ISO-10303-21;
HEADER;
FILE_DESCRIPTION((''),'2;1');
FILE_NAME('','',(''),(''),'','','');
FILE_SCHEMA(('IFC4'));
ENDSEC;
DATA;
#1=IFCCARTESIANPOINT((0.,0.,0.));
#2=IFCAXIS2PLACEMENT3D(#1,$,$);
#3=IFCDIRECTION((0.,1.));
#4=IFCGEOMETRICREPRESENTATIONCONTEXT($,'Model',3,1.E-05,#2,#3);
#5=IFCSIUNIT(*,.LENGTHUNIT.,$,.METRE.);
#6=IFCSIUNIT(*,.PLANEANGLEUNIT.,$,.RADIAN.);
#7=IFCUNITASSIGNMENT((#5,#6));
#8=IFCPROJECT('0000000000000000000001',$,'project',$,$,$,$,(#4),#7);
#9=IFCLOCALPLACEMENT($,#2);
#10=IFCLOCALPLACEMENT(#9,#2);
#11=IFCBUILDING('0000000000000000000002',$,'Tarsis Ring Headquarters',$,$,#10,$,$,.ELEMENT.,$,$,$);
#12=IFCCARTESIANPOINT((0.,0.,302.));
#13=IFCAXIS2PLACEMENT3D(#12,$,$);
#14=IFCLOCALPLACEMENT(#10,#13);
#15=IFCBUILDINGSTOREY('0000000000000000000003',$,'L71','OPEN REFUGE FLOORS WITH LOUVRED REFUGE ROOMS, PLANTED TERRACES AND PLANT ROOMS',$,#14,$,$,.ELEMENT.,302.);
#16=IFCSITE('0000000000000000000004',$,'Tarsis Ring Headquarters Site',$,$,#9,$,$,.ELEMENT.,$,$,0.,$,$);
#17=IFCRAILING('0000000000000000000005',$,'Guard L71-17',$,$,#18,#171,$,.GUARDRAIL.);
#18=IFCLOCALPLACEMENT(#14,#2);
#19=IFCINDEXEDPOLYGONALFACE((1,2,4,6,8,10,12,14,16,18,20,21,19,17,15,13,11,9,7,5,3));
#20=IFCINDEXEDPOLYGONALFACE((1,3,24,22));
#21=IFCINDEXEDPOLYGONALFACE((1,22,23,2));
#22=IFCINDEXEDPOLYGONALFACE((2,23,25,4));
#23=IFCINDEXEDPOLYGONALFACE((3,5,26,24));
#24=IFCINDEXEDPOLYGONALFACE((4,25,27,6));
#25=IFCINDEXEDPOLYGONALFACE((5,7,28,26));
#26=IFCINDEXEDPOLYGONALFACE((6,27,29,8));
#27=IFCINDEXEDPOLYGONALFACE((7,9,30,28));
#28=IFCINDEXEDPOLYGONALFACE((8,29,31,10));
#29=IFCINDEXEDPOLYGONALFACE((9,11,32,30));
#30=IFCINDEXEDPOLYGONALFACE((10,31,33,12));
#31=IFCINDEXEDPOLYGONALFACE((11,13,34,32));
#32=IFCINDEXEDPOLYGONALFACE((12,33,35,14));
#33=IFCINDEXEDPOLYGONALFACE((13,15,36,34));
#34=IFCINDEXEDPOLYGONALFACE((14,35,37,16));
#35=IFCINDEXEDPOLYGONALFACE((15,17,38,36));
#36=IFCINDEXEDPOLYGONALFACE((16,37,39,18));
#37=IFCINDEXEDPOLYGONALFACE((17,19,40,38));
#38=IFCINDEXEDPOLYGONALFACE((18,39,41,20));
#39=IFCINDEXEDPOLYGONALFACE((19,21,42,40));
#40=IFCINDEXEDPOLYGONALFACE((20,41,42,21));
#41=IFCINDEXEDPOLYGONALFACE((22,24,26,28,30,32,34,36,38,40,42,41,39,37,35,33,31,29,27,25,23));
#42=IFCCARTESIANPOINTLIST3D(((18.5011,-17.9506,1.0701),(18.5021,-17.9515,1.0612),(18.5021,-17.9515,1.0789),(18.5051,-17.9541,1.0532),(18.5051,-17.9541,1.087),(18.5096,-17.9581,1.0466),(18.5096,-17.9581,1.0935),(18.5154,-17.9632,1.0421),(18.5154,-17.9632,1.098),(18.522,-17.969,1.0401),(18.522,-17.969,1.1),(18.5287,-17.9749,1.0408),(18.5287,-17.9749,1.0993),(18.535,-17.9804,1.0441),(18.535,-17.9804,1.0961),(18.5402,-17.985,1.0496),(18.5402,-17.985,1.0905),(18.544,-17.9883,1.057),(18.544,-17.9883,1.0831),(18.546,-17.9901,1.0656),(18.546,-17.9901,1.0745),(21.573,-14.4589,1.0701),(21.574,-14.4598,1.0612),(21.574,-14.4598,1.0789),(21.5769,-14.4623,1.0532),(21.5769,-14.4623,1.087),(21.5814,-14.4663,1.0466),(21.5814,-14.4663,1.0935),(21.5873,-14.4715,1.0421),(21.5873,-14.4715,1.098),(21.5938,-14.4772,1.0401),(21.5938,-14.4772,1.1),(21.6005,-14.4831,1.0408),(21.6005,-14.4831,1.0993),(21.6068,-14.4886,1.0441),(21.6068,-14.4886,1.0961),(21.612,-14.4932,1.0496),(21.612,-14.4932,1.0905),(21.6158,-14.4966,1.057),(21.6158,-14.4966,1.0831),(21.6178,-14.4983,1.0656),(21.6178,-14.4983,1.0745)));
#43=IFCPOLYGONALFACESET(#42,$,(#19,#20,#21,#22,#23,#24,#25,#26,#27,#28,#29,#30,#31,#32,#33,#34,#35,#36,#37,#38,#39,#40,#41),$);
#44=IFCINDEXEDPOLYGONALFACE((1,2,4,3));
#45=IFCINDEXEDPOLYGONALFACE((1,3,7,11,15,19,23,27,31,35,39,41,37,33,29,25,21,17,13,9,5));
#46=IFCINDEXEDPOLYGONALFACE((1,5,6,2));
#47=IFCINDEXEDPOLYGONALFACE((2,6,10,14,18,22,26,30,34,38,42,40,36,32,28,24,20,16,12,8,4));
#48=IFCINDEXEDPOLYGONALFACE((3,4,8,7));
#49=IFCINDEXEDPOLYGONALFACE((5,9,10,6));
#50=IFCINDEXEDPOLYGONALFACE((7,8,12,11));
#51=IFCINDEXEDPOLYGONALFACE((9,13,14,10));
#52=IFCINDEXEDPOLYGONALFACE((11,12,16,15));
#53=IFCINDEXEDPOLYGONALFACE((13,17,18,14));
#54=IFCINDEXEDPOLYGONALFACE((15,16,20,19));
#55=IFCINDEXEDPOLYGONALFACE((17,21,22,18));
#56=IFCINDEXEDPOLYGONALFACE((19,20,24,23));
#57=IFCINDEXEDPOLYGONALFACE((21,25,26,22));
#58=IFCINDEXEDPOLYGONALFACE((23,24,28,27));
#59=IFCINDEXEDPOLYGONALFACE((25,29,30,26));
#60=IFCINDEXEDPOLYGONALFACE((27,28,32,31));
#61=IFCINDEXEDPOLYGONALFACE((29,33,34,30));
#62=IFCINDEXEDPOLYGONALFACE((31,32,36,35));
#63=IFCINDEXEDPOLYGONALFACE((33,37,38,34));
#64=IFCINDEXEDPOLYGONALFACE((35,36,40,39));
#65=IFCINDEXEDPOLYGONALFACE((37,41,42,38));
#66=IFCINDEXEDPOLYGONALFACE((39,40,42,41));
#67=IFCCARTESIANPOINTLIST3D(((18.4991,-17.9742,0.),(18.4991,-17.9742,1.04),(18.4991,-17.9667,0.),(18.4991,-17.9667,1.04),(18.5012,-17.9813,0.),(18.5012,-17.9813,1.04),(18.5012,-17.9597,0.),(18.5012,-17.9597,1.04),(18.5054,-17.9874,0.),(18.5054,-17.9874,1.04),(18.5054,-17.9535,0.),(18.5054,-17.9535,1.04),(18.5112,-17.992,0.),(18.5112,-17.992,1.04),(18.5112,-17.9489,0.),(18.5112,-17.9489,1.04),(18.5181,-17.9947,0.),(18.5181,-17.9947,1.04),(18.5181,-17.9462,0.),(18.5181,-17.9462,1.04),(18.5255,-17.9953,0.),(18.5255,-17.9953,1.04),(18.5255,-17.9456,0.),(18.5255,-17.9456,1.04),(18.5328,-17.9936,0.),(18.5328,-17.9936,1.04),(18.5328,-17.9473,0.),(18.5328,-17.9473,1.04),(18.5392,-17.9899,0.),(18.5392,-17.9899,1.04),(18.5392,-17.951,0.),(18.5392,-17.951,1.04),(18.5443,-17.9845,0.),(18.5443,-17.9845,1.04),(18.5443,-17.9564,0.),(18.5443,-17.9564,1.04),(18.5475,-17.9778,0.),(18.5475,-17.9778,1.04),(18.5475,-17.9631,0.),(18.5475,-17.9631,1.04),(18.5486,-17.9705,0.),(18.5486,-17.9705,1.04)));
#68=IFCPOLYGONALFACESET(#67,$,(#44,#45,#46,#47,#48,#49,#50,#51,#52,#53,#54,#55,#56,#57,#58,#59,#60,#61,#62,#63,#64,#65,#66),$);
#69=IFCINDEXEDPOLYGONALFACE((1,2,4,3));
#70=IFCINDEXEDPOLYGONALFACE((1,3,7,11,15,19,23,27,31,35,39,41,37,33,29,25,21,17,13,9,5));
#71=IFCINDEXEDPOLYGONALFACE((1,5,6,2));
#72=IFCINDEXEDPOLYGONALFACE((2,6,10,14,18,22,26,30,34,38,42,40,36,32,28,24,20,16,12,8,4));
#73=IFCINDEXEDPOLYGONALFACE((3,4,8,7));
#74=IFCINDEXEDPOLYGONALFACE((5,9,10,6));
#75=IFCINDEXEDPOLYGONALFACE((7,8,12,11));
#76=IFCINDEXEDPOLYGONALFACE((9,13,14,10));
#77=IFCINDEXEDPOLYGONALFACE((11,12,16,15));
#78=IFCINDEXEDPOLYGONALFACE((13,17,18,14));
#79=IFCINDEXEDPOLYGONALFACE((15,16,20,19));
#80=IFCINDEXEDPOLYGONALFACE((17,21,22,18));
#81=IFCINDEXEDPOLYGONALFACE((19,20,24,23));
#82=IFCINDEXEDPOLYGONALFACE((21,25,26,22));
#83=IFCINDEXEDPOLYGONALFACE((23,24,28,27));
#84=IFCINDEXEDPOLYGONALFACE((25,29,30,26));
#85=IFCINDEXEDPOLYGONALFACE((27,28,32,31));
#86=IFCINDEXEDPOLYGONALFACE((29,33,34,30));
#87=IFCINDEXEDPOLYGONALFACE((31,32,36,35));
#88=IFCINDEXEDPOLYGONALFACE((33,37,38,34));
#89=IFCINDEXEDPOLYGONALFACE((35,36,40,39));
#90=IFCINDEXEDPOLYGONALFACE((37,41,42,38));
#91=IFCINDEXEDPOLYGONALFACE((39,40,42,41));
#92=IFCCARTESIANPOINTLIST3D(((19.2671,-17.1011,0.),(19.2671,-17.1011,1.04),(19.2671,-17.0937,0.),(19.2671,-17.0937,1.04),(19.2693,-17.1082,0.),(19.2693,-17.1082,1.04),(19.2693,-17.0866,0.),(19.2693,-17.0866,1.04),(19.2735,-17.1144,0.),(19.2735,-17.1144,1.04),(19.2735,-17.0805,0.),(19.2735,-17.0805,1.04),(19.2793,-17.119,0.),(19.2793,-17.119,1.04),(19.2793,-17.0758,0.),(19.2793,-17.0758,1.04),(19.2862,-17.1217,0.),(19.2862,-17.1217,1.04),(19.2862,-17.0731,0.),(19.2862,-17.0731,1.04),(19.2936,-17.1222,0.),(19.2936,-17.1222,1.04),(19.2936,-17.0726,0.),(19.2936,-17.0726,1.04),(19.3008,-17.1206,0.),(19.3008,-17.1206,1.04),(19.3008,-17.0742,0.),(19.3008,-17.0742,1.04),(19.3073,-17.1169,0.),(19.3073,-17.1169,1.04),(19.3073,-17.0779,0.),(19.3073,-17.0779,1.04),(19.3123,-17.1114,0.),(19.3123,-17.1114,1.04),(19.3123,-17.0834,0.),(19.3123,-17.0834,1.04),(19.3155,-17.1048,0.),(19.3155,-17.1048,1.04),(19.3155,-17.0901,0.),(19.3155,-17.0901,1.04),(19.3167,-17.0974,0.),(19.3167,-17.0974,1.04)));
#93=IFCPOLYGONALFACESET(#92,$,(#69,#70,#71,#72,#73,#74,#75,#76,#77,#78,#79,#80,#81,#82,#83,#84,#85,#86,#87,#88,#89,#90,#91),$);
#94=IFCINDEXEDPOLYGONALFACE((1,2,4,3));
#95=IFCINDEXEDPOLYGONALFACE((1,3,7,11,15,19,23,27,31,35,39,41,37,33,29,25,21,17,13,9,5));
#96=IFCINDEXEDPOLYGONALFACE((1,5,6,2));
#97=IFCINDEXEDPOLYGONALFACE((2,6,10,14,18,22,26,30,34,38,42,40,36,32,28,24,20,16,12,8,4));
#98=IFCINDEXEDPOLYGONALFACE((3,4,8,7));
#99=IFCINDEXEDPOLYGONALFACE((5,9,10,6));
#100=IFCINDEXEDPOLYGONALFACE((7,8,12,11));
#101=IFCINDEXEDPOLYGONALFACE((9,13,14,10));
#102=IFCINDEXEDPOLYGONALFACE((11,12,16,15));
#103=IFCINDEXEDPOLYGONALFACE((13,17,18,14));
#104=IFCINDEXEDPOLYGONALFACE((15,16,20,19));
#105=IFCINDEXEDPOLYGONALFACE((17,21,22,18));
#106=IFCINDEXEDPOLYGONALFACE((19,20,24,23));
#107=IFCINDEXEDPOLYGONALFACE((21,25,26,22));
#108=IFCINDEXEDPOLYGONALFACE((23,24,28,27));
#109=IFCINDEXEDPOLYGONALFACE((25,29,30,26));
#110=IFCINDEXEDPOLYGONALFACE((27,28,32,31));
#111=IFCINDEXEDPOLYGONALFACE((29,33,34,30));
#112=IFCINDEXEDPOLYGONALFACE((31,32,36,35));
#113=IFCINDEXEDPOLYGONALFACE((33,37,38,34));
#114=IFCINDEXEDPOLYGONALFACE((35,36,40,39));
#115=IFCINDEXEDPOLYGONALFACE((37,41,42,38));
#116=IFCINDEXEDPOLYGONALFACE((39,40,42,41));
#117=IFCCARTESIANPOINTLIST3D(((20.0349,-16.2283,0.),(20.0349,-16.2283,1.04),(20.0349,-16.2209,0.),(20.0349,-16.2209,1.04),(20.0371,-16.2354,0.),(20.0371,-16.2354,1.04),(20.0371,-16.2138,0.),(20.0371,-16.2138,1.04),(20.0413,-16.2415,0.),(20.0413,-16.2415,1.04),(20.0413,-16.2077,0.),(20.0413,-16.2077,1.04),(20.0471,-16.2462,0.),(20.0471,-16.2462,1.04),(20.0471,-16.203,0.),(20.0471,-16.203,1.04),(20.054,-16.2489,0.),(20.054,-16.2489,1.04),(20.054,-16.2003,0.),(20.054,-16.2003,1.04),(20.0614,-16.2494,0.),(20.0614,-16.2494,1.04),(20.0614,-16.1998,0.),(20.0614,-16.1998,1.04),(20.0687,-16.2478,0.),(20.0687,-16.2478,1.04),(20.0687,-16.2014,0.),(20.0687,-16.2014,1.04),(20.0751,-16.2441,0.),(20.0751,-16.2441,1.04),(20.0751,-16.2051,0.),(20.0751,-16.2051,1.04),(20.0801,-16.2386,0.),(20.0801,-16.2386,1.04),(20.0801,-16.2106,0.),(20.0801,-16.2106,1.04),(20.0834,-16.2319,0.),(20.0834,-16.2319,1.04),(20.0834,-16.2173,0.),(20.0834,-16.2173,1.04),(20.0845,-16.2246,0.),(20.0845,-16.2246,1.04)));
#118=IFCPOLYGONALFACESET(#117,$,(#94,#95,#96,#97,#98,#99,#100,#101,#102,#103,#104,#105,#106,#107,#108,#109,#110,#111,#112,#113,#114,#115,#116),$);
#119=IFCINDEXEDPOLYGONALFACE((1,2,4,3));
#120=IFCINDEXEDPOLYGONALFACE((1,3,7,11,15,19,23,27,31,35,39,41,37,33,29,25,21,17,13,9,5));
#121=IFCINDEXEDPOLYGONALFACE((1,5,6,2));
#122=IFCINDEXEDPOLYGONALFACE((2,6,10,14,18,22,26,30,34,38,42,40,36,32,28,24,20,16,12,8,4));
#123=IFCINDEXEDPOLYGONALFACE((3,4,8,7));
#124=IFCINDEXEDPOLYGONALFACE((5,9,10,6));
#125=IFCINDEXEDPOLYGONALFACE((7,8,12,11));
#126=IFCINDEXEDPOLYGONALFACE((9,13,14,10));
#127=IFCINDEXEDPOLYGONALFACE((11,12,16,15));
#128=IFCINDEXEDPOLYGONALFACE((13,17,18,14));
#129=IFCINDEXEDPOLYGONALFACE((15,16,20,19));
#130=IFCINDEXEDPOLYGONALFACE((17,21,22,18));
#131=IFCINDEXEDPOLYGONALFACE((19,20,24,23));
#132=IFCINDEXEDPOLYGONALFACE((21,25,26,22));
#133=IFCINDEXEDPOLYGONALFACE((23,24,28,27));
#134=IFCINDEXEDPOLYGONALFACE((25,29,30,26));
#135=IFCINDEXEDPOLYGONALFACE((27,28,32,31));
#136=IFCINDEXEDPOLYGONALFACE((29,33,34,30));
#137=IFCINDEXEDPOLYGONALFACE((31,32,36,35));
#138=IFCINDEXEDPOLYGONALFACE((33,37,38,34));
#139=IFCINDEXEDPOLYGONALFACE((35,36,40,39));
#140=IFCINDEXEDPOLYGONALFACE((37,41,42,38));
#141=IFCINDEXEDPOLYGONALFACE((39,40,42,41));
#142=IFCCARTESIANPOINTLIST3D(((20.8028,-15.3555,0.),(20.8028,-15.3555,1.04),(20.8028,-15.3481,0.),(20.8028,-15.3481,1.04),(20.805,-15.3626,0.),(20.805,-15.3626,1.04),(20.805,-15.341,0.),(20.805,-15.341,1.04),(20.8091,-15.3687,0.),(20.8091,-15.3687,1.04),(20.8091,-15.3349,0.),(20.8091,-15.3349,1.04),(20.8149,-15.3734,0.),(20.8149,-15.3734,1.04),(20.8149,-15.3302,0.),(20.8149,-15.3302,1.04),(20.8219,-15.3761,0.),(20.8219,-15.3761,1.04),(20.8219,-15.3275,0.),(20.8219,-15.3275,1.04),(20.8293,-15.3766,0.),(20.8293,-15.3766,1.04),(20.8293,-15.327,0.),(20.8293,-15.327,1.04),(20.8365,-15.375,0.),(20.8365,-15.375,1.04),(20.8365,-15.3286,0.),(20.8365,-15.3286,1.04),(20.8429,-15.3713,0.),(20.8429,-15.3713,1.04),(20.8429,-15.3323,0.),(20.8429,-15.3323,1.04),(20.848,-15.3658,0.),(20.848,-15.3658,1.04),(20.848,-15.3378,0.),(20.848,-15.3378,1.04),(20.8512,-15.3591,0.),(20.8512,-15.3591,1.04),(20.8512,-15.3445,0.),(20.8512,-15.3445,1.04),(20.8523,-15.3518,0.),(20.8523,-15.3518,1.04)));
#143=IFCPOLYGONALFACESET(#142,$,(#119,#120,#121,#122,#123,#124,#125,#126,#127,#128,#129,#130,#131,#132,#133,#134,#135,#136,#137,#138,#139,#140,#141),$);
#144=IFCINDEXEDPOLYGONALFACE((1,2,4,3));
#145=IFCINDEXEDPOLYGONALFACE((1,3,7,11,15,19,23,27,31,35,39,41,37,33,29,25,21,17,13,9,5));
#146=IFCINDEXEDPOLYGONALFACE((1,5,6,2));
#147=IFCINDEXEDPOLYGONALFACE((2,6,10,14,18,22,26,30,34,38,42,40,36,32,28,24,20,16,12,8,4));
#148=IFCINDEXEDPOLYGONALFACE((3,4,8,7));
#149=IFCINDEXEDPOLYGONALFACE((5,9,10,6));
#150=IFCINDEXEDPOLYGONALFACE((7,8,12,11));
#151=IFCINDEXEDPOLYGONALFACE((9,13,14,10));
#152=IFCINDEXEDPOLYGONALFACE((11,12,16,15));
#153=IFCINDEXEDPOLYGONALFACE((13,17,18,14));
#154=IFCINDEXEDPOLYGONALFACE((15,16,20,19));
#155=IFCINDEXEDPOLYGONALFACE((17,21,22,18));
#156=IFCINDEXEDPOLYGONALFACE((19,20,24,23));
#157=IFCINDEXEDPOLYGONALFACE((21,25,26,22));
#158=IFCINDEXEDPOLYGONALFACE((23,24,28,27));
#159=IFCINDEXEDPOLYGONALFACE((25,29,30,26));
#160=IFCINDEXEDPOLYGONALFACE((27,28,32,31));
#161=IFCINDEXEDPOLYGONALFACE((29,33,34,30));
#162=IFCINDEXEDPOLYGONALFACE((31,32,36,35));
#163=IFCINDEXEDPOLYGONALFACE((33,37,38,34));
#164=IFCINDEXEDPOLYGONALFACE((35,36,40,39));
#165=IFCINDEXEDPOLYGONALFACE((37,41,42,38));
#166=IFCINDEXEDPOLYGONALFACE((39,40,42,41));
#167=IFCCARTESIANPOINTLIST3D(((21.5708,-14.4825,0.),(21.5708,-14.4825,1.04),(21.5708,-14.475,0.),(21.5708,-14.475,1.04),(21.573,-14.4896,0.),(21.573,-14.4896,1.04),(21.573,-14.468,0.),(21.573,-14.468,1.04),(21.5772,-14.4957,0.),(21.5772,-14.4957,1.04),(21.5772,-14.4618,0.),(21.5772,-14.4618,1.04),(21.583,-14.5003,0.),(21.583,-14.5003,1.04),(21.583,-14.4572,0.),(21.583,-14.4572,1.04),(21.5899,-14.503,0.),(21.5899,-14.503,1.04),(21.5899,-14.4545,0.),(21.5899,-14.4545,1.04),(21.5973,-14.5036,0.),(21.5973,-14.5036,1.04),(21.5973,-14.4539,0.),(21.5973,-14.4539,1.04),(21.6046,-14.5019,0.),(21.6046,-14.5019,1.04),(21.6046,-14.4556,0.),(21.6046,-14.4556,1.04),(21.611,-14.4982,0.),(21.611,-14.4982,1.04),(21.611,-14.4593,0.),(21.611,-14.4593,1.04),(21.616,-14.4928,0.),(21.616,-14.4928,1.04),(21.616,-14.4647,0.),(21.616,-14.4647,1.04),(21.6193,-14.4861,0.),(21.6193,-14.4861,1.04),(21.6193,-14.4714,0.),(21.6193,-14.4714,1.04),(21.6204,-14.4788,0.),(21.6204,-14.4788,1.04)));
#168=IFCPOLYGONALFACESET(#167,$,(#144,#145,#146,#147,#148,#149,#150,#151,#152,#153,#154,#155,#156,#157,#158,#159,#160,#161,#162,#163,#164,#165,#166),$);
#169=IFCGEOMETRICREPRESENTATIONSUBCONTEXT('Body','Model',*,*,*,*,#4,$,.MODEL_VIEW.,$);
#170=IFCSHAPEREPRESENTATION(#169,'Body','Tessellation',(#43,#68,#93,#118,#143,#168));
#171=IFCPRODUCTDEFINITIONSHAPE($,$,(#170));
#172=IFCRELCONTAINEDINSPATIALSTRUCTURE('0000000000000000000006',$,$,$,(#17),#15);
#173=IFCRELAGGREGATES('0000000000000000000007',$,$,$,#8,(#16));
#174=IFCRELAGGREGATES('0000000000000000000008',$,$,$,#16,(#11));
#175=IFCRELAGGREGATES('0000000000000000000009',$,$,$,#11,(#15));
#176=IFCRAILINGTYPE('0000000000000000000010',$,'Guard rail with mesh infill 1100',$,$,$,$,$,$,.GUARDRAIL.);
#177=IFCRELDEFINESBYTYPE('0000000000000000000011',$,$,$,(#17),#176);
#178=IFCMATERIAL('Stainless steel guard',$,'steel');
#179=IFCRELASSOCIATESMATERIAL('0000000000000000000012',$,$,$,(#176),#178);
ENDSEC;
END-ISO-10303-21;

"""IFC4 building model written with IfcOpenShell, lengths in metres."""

from ifc_helpers import new_model, si_unit, direction, frame, origin, origin_2d, place, context, subcontext, project, spatial, circle, extrude, material, type_object, element, save


model = new_model("IFC4")

# Units and contexts
model_context = context("Model", 3, precision=1e-05, world=origin(), true_north=direction((0.0, 1.0)))
body_context = subcontext(model_context, "Body", "Model", "MODEL_VIEW")
ifc_project = project(units=[si_unit("LENGTHUNIT", "METRE"), si_unit("PLANEANGLEUNIT", "RADIAN")], contexts=[model_context])

# Site, building, storey
site_placement = place(None, origin())
site = spatial("IfcSite", under=ifc_project, at=site_placement, Name="Tarsis Ring Headquarters Site", CompositionType="ELEMENT", RefElevation=0.0)
building_placement = place(site_placement, origin())
building = spatial("IfcBuilding", under=site, at=building_placement, Name="Tarsis Ring Headquarters", CompositionType="ELEMENT")
storey_placement = place(building_placement, frame((0.0, 0.0, 302.0)))
storey = spatial("IfcBuildingStorey", under=building, at=storey_placement, Name="L71", Description="OPEN REFUGE FLOORS WITH LOUVRED REFUGE ROOMS, PLANTED TERRACES AND PLANT ROOMS", CompositionType="ELEMENT", Elevation=302.0)

# Railing
ifc_material_1 = material(Name="Stainless steel guard", Category="steel")
railing_type = type_object("IfcRailingType", Name="Guard rail with mesh infill 1100", PredefinedType="GUARDRAIL", material=ifc_material_1)
railing_1_placement = place(storey_placement, frame((18.5237, -17.9705, 0.0)))
element("IfcRailing", 1, at=railing_1_placement, inside=storey, type_object=railing_type, Name="Guard L71-17", PredefinedType="GUARDRAIL", context=body_context, shape_type="SweptSolid", body=[
    extrude(circle(Radius=0.03, at=origin_2d()), frame((0.0, 0.0, 1.0701), z_axis=(0.660517, 0.750811, 0.0), x_axis=(-0.750811, 0.660517, 0.0)), (0.0, 0.0, 1.0), 4.6506),
    extrude(circle(Radius=0.0249, at=origin_2d()), origin(), (0.0, 0.0, 1.0), 1.04),
    extrude(circle(Radius=0.0249, at=origin_2d()), frame((0.7681, 0.873, 0.0)), (0.0, 0.0, 1.0), 1.04),
    extrude(circle(Radius=0.0249, at=origin_2d()), frame((1.5359, 1.7458, 0.0)), (0.0, 0.0, 1.0), 1.04),
    extrude(circle(Radius=0.0249, at=origin_2d()), frame((2.3037, 2.6187, 0.0)), (0.0, 0.0, 1.0), 1.04),
    extrude(circle(Radius=0.0249, at=origin_2d()), frame((3.0718, 3.4917, 0.0)), (0.0, 0.0, 1.0), 1.04),
])

save(model, "model.ifc")
